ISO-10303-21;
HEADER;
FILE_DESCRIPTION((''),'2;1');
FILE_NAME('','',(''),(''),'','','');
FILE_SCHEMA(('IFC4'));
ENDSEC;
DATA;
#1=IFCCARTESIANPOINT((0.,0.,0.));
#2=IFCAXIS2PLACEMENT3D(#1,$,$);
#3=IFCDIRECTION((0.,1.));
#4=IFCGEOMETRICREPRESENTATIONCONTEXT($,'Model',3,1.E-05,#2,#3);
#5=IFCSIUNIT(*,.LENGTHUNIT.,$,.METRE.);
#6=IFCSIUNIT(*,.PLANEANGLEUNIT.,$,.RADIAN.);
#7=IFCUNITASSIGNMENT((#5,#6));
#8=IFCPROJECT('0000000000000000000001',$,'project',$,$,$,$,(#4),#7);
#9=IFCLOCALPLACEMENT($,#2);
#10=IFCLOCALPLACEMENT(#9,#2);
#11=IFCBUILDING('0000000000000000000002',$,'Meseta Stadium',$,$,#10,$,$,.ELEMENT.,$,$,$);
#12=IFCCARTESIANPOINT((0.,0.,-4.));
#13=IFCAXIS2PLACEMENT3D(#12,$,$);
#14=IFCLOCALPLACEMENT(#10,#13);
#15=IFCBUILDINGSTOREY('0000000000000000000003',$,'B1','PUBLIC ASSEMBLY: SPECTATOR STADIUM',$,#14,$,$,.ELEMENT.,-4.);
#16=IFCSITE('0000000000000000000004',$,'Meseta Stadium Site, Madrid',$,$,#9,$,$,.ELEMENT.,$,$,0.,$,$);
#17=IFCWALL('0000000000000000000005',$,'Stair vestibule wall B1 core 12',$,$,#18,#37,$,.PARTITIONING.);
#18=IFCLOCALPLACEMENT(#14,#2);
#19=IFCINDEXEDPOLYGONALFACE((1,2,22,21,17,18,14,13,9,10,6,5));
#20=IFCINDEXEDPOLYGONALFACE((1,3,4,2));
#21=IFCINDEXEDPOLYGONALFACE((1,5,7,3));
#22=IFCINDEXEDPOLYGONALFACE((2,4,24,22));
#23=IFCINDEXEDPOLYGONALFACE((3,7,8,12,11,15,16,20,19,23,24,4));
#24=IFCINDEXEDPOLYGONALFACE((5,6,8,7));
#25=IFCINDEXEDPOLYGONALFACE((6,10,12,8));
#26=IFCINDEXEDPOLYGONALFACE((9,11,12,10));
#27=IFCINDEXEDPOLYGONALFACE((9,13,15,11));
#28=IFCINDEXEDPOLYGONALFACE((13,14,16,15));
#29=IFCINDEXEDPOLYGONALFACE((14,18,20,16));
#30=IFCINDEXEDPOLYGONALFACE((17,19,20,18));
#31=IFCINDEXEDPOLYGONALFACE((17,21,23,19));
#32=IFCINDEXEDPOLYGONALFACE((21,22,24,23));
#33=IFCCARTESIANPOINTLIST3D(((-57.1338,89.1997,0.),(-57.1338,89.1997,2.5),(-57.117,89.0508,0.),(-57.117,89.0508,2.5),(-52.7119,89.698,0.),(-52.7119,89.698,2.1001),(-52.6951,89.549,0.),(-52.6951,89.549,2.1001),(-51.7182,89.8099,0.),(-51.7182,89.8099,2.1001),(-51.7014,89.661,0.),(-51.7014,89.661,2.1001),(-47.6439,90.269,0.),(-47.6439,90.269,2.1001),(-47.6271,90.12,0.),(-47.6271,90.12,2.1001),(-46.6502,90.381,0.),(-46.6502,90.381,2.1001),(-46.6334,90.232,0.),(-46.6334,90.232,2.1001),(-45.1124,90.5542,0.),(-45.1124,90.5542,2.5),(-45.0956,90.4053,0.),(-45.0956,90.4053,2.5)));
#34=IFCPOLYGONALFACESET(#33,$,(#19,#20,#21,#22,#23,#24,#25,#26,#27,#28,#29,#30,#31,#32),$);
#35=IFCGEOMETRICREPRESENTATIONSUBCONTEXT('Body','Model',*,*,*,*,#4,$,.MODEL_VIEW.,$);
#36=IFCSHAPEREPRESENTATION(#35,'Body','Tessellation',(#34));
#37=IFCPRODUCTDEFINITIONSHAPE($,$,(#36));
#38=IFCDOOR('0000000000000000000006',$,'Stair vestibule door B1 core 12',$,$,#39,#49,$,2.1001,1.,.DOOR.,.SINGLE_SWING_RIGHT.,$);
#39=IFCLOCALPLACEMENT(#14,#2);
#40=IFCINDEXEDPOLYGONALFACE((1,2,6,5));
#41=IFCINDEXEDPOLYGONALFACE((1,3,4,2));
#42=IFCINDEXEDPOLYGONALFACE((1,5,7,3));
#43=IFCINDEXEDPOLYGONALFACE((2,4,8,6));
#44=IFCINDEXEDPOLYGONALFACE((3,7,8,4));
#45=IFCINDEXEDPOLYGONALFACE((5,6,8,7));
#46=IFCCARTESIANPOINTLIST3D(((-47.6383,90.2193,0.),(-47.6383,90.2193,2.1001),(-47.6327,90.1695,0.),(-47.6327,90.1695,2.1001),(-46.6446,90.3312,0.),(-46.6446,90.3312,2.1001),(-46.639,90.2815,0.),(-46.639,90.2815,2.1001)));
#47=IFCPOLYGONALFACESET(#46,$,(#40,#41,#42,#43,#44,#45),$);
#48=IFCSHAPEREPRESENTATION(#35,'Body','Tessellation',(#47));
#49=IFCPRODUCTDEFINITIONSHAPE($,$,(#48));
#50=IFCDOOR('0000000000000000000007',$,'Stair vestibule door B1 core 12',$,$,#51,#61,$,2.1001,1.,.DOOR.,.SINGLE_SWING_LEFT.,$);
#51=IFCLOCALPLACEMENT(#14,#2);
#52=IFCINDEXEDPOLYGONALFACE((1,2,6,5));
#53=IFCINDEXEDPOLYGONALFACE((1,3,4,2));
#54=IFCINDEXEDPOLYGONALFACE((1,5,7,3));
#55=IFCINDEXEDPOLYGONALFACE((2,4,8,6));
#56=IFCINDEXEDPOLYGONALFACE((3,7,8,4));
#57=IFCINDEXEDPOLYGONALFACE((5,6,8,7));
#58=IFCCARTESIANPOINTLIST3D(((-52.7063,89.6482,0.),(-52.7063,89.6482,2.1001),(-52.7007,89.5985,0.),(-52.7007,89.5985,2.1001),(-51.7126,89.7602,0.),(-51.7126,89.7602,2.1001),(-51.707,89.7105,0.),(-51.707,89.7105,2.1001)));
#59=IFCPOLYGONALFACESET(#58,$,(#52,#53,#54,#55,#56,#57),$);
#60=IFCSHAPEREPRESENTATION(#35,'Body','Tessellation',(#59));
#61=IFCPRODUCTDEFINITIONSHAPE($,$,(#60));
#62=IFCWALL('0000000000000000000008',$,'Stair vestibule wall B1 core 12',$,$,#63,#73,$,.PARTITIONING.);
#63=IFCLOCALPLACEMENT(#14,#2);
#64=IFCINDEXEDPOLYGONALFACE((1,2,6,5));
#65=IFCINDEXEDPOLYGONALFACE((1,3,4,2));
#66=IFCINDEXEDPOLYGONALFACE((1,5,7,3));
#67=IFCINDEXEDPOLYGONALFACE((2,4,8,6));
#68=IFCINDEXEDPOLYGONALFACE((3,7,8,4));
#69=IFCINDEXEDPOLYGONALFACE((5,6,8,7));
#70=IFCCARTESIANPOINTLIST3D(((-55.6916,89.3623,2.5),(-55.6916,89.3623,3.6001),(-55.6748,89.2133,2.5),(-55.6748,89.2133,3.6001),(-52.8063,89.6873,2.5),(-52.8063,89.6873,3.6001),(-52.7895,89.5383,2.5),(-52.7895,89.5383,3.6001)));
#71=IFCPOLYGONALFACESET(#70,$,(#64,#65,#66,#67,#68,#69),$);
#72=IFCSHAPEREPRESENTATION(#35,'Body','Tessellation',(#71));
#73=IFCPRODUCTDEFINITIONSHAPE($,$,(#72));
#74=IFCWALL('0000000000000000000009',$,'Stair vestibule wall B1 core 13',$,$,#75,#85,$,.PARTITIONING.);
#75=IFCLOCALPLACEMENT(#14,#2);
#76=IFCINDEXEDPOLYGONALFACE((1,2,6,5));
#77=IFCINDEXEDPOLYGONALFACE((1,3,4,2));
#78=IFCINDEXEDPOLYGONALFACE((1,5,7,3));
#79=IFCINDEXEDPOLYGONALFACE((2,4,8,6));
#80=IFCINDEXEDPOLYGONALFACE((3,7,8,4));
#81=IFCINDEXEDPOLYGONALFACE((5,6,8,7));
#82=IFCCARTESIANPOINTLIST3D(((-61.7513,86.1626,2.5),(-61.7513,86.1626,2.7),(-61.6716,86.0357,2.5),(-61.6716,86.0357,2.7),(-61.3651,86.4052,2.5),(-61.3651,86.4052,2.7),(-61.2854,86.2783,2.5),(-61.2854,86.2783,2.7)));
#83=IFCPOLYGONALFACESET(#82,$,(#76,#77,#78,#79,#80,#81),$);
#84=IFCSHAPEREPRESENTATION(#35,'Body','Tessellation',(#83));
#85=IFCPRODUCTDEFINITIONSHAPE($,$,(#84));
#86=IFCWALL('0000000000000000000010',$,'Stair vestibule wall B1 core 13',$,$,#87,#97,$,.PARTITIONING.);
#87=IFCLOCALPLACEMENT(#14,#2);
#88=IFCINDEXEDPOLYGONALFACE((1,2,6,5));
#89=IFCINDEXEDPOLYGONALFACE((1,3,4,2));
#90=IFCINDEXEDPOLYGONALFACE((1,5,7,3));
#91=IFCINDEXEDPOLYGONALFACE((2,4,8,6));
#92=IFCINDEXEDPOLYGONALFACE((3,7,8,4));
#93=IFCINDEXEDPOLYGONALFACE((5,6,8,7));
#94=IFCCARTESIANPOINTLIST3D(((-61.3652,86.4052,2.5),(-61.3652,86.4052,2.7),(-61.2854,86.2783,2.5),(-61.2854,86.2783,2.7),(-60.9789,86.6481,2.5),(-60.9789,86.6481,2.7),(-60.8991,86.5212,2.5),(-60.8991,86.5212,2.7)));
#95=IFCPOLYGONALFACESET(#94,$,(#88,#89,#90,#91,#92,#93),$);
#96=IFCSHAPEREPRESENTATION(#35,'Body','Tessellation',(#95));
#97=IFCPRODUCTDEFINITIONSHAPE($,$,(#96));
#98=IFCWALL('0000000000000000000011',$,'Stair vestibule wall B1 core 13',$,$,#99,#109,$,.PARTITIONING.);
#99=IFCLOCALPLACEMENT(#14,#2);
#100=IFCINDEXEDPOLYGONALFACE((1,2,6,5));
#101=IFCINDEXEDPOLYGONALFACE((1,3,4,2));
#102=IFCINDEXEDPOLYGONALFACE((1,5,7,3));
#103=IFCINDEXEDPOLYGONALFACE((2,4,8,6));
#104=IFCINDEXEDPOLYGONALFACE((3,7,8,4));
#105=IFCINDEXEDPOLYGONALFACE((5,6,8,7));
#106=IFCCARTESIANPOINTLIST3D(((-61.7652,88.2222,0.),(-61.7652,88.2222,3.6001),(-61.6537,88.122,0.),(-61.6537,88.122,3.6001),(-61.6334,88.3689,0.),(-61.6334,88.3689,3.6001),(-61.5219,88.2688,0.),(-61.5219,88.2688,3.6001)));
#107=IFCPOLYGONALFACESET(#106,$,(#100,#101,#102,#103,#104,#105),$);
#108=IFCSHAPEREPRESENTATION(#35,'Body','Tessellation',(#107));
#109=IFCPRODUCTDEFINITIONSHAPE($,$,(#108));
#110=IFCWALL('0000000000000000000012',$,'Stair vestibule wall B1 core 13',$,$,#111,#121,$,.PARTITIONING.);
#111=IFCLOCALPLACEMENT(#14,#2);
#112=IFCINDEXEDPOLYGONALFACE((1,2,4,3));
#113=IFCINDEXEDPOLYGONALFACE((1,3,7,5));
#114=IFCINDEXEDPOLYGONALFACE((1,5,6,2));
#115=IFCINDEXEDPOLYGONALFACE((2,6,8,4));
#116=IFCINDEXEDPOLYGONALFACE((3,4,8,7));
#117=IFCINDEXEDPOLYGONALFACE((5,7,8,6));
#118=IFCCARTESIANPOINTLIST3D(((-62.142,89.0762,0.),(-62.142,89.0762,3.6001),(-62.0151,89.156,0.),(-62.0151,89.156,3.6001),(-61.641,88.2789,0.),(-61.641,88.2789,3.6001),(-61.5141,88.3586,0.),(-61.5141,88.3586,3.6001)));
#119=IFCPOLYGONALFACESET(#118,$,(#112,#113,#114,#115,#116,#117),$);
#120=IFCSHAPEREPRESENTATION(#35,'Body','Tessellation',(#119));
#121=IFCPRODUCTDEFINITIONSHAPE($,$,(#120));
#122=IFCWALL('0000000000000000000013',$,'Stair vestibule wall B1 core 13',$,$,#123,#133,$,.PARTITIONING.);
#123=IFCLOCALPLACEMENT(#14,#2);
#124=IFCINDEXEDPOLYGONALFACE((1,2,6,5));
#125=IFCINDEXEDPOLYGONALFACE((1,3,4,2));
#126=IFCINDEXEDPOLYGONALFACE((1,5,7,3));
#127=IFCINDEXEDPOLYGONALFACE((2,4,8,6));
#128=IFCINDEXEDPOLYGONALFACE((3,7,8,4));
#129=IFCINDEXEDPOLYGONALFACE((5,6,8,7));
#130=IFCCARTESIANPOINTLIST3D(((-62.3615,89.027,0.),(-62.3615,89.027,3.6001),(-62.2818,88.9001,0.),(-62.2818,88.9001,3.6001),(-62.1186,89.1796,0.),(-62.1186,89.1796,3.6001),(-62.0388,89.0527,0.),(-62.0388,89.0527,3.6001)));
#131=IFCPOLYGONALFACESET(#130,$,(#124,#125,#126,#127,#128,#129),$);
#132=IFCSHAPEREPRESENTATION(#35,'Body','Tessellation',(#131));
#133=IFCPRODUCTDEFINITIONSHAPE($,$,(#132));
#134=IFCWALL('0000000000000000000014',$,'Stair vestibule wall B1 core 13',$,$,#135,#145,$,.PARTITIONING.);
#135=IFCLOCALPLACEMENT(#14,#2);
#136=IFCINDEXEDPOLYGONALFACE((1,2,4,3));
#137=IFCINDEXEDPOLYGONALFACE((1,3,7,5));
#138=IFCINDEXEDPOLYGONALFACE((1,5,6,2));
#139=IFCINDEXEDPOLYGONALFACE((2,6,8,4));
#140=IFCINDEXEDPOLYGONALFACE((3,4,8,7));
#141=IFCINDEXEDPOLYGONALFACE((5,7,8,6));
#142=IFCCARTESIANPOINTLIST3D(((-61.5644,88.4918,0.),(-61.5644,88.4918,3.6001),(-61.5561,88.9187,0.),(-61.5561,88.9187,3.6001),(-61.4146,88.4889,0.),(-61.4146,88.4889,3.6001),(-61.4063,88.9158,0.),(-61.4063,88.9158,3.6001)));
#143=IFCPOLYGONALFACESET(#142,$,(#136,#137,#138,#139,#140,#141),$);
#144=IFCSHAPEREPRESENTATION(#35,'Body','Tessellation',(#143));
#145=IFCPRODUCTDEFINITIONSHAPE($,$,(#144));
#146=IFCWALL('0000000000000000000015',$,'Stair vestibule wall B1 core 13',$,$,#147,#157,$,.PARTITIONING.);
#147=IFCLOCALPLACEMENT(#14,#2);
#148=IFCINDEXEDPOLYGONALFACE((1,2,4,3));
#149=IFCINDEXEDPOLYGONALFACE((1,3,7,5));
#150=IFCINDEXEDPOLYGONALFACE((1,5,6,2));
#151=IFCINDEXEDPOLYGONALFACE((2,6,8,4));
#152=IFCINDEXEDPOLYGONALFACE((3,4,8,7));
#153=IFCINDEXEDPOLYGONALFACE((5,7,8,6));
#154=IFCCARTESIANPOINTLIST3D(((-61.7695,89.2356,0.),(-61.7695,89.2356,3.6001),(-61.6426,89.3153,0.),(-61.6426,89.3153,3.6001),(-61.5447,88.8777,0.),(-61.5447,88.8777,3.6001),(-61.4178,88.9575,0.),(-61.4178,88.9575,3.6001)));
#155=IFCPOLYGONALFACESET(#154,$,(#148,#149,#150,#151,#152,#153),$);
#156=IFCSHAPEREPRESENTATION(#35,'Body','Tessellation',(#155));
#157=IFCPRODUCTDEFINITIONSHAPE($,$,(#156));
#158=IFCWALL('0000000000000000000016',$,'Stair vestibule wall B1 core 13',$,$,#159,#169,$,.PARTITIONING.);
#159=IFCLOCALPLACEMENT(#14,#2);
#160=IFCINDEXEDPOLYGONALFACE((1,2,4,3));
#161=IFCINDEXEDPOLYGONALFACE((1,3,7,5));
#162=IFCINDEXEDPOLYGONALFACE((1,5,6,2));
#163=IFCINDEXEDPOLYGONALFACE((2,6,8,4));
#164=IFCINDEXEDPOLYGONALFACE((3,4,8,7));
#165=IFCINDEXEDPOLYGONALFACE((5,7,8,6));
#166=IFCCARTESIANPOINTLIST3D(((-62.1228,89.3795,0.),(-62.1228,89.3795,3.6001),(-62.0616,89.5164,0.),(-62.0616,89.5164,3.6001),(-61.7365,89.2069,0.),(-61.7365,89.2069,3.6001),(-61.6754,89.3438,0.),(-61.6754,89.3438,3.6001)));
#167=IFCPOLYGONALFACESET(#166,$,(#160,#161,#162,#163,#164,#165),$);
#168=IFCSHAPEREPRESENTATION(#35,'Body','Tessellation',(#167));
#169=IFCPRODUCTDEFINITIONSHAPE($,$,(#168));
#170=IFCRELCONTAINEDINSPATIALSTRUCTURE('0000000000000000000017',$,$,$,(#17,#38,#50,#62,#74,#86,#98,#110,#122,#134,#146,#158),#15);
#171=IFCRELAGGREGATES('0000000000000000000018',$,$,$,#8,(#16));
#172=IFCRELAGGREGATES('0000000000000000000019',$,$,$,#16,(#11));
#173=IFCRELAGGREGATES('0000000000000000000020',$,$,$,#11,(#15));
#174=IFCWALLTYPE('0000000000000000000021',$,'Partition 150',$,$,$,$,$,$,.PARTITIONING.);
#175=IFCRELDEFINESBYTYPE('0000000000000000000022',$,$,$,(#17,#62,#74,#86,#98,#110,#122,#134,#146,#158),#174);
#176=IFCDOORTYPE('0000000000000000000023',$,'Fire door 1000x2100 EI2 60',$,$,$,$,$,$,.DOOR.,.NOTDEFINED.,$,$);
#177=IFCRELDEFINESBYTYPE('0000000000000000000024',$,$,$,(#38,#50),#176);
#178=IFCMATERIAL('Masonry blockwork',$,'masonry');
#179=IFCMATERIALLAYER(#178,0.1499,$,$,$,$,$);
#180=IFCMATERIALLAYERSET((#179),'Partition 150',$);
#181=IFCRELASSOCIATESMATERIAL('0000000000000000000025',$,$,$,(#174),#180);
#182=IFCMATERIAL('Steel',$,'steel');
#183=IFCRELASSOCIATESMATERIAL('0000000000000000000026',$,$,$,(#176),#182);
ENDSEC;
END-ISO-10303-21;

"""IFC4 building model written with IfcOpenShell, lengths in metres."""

from ifc_helpers import new_model, si_unit, direction, frame, frame_2d, origin, place, context, subcontext, project, spatial, rectangle, extrude, material, layer, layer_set, type_object, element, fill, save


model = new_model("IFC4")

# Units and contexts
model_context = context("Model", 3, precision=1e-05, world=origin(), true_north=direction((0.0, 1.0)))
body_context = subcontext(model_context, "Body", "Model", "MODEL_VIEW")
ifc_project = project(units=[si_unit("LENGTHUNIT", "METRE"), si_unit("PLANEANGLEUNIT", "RADIAN")], contexts=[model_context])

# Site, building, storey
site_placement = place(None, origin())
site = spatial("IfcSite", under=ifc_project, at=site_placement, Name="Meseta Stadium Site, Madrid", CompositionType="ELEMENT", RefElevation=0.0)
building_placement = place(site_placement, origin())
building = spatial("IfcBuilding", under=site, at=building_placement, Name="Meseta Stadium", CompositionType="ELEMENT")
storey_placement = place(building_placement, frame((0.0, 0.0, -4.0)))
storey = spatial("IfcBuildingStorey", under=building, at=storey_placement, Name="B1", Description="PUBLIC ASSEMBLY: SPECTATOR STADIUM", CompositionType="ELEMENT", Elevation=-4.0)

# Shared definitions
ifc_material_1 = material(Name="Masonry blockwork", Category="masonry")
ifc_layer = layer(ifc_material_1, 0.1499)
ifc_layer_set = layer_set([ifc_layer], Name="Partition 150")
wall_type = type_object("IfcWallType", Name="Partition 150", PredefinedType="PARTITIONING", material=ifc_layer_set)

# Shared definitions
ifc_material_2 = material(Name="Steel", Category="steel")
door_type = type_object("IfcDoorType", Name="Fire door 1000x2100 EI2 60", OperationType="NOTDEFINED", PredefinedType="DOOR", material=ifc_material_2)

# Wall, openings, doors
wall_1_placement = place(storey_placement, frame((-57.1255, 89.1252, 0.0), z_axis=(0.0, 0.0, 1.0), x_axis=(0.993712, 0.111966, 0.0)))
wall_1 = element("IfcWall", 1, at=wall_1_placement, inside=storey, type_object=wall_type, Name="Stair vestibule wall B1 core 12", PredefinedType="PARTITIONING", context=body_context, shape_type="SweptSolid", body=[
    extrude(rectangle(XDim=12.0974, YDim=0.1499, at=frame_2d((6.0488, 0.0))), origin(), (0.0, 0.0, 1.0), 2.5),
])
opening_1_placement = place(wall_1_placement, frame((9.55, 0.0, 0.0)))
opening_1 = element("IfcOpeningElement", 2, at=opening_1_placement, cuts=wall_1, PredefinedType="OPENING", context=body_context, shape_type="SweptSolid", body=[
    extrude(rectangle(XDim=1.0, YDim=2.1001, at=frame_2d((0.5, 1.05))), frame((0.0, 0.085, 0.0), z_axis=(0.0, -1.0, 0.0), x_axis=(1.0, 0.0, 0.0)), (0.0, 0.0, 1.0), 0.1699),
])
opening_2_placement = place(wall_1_placement, frame((4.45, 0.0, 0.0)))
opening_2 = element("IfcOpeningElement", 3, at=opening_2_placement, cuts=wall_1, PredefinedType="OPENING", context=body_context, shape_type="SweptSolid", body=[
    extrude(rectangle(XDim=1.0, YDim=2.1001, at=frame_2d((0.5, 1.05))), frame((0.0, 0.085, 0.0), z_axis=(0.0, -1.0, 0.0), x_axis=(1.0, 0.0, 0.0)), (0.0, 0.0, 1.0), 0.1699),
])
door_1_placement = place(opening_1_placement, origin())
door_1 = element("IfcDoor", 4, at=door_1_placement, inside=storey, type_object=door_type, Name="Stair vestibule door B1 core 12", OperationType="SINGLE_SWING_RIGHT", OverallHeight=2.1001, OverallWidth=1.0, PredefinedType="DOOR", context=body_context, shape_type="SweptSolid", body=[
    extrude(rectangle(XDim=1.0, YDim=2.1001, at=frame_2d((0.5, 1.05))), frame((0.0, 0.0249, 0.0), z_axis=(0.0, -1.0, 0.0), x_axis=(1.0, 0.0, 0.0)), (0.0, 0.0, 1.0), 0.05),
])
fill(opening_1, door_1)
door_2_placement = place(opening_2_placement, origin())
door_2 = element("IfcDoor", 5, at=door_2_placement, inside=storey, type_object=door_type, Name="Stair vestibule door B1 core 12", OperationType="SINGLE_SWING_LEFT", OverallHeight=2.1001, OverallWidth=1.0, PredefinedType="DOOR", context=body_context, shape_type="SweptSolid", body=[
    extrude(rectangle(XDim=1.0, YDim=2.1001, at=frame_2d((0.5, 1.05))), frame((0.0, 0.0249, 0.0), z_axis=(0.0, -1.0, 0.0), x_axis=(1.0, 0.0, 0.0)), (0.0, 0.0, 1.0), 0.05),
])
fill(opening_2, door_2)

# Walls
wall_2_placement = place(storey_placement, frame((-55.6831, 89.2878, 2.5), z_axis=(0.0, 0.0, 1.0), x_axis=(0.993718, 0.111917, 0.0)))
element("IfcWall", 6, at=wall_2_placement, inside=storey, type_object=wall_type, Name="Stair vestibule wall B1 core 12", PredefinedType="PARTITIONING", context=body_context, shape_type="SweptSolid", body=[
    extrude(rectangle(XDim=2.9036, YDim=0.1499, at=frame_2d((1.4517, 0.0))), origin(), (0.0, 0.0, 1.0), 1.1001),
])
wall_3_placement = place(storey_placement, frame((-61.7114, 86.0991, 2.5), z_axis=(0.0, 0.0, 1.0), x_axis=(0.846733, 0.532018, 0.0)))
element("IfcWall", 7, at=wall_3_placement, inside=storey, type_object=wall_type, Name="Stair vestibule wall B1 core 13", PredefinedType="PARTITIONING", context=body_context, shape_type="SweptSolid", body=[
    extrude(rectangle(XDim=0.4561, YDim=0.1499, at=frame_2d((0.228, 0.0))), origin(), (0.0, 0.0, 1.0), 0.2),
])
wall_4_placement = place(storey_placement, frame((-61.3252, 86.3418, 2.5), z_axis=(0.0, 0.0, 1.0), x_axis=(0.846492, 0.532402, 0.0)))
element("IfcWall", 8, at=wall_4_placement, inside=storey, type_object=wall_type, Name="Stair vestibule wall B1 core 13", PredefinedType="PARTITIONING", context=body_context, shape_type="SweptSolid", body=[
    extrude(rectangle(XDim=0.4563, YDim=0.1499, at=frame_2d((0.228, 0.0))), origin(), (0.0, 0.0, 1.0), 0.2),
])
wall_5_placement = place(storey_placement, frame((-61.7095, 88.1721, 0.0), z_axis=(0.0, 0.0, 1.0), x_axis=(0.668349, 0.743848, 0.0)))
element("IfcWall", 9, at=wall_5_placement, inside=storey, type_object=wall_type, Name="Stair vestibule wall B1 core 13", PredefinedType="PARTITIONING", context=body_context, shape_type="SweptSolid", body=[
    extrude(rectangle(XDim=0.1973, YDim=0.1499, at=frame_2d((0.0986, 0.0))), origin(), (0.0, 0.0, 1.0), 3.6001),
])
wall_6_placement = place(storey_placement, frame((-61.5776, 88.3188, 0.0), z_axis=(0.0, 0.0, 1.0), x_axis=(-0.532002, 0.846743, 0.0)))
element("IfcWall", 10, at=wall_6_placement, inside=storey, type_object=wall_type, Name="Stair vestibule wall B1 core 13", PredefinedType="PARTITIONING", context=body_context, shape_type="SweptSolid", body=[
    extrude(rectangle(XDim=0.9417, YDim=0.1499, at=frame_2d((0.4707, 0.0))), origin(), (0.0, 0.0, 1.0), 3.6001),
])
wall_7_placement = place(storey_placement, frame((-62.0786, 89.1162, 0.0), z_axis=(0.0, 0.0, 1.0), x_axis=(-0.846801, -0.53191, 0.0)))
element("IfcWall", 11, at=wall_7_placement, inside=storey, type_object=wall_type, Name="Stair vestibule wall B1 core 13", PredefinedType="PARTITIONING", context=body_context, shape_type="SweptSolid", body=[
    extrude(rectangle(XDim=0.2869, YDim=0.1499, at=frame_2d((0.1436, 0.0))), origin(), (0.0, 0.0, 1.0), 3.6001),
])
wall_8_placement = place(storey_placement, frame((-61.4895, 88.4905, 0.0), z_axis=(0.0, 0.0, 1.0), x_axis=(0.019436, 0.999811, 0.0)))
element("IfcWall", 12, at=wall_8_placement, inside=storey, type_object=wall_type, Name="Stair vestibule wall B1 core 13", PredefinedType="PARTITIONING", context=body_context, shape_type="SweptSolid", body=[
    extrude(rectangle(XDim=0.427, YDim=0.1499, at=frame_2d((0.2134, 0.0))), origin(), (0.0, 0.0, 1.0), 3.6001),
])
wall_9_placement = place(storey_placement, frame((-61.4812, 88.9175, 0.0), z_axis=(0.0, 0.0, 1.0), x_axis=(-0.53197, 0.846763, 0.0)))
element("IfcWall", 13, at=wall_9_placement, inside=storey, type_object=wall_type, Name="Stair vestibule wall B1 core 13", PredefinedType="PARTITIONING", context=body_context, shape_type="SweptSolid", body=[
    extrude(rectangle(XDim=0.4226, YDim=0.1499, at=frame_2d((0.2114, 0.0))), origin(), (0.0, 0.0, 1.0), 3.6001),
])
wall_10_placement = place(storey_placement, frame((-61.7061, 89.2754, 0.0), z_axis=(0.0, 0.0, 1.0), x_axis=(-0.912977, 0.408012, 0.0)))
element("IfcWall", 14, at=wall_10_placement, inside=storey, type_object=wall_type, Name="Stair vestibule wall B1 core 13", PredefinedType="PARTITIONING", context=body_context, shape_type="SweptSolid", body=[
    extrude(rectangle(XDim=0.4231, YDim=0.1499, at=frame_2d((0.2114, 0.0))), origin(), (0.0, 0.0, 1.0), 3.6001),
])

save(model, "model.ifc")
